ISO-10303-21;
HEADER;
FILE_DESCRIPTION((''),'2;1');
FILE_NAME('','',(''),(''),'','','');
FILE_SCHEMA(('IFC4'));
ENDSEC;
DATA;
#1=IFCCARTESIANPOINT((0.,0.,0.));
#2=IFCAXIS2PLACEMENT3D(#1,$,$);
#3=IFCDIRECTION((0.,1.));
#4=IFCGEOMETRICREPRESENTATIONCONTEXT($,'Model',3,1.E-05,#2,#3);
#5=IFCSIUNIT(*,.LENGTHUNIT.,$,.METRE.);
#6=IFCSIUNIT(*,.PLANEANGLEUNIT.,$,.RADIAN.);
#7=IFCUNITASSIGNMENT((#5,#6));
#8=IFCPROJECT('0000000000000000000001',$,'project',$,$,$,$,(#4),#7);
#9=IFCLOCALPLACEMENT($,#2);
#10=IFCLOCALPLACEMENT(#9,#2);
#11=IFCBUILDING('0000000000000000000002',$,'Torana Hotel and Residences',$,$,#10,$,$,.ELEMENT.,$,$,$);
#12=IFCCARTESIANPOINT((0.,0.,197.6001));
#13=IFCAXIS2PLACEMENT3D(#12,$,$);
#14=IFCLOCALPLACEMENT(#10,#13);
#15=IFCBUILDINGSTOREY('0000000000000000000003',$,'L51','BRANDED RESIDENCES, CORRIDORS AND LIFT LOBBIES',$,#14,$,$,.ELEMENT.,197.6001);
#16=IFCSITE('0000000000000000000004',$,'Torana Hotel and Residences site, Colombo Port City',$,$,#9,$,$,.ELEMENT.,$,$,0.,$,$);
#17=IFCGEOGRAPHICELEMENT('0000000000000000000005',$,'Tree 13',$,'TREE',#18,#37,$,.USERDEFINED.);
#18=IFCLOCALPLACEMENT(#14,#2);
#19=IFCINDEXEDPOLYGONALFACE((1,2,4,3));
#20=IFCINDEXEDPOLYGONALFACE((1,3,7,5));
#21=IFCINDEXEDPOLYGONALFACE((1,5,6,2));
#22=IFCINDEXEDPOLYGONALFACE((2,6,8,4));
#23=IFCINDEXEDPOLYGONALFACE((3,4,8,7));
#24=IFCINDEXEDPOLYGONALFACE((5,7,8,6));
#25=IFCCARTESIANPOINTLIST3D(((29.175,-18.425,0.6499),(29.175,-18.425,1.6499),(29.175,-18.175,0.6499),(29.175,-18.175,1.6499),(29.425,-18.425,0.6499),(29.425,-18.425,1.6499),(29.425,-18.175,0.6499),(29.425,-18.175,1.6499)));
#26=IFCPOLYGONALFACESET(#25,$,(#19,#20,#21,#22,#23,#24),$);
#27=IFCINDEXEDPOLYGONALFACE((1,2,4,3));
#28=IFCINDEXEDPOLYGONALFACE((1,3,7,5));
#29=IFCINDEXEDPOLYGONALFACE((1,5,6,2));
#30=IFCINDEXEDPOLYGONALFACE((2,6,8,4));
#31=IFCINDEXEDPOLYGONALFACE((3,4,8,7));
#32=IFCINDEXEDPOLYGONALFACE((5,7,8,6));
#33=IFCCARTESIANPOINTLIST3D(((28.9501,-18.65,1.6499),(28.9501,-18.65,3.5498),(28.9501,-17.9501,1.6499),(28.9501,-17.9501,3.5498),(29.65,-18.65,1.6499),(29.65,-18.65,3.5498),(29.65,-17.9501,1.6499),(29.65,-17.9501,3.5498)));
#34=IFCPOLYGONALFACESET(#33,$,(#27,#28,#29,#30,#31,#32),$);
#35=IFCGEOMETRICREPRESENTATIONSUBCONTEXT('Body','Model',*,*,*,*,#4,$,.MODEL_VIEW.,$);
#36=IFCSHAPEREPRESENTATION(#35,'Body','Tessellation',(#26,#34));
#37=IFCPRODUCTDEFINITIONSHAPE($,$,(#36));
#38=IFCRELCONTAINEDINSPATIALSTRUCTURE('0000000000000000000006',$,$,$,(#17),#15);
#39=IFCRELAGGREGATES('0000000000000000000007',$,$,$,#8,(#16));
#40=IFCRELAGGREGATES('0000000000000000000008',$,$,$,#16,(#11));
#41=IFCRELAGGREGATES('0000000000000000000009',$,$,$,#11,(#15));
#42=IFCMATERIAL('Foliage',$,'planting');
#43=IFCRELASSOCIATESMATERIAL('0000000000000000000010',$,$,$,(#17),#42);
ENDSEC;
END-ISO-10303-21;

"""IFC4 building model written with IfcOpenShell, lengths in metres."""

from ifc_helpers import new_model, si_unit, direction, frame, origin, origin_2d, place, context, subcontext, project, spatial, rectangle, extrude, material, element, save


model = new_model("IFC4")

# Units and contexts
model_context = context("Model", 3, precision=1e-05, world=origin(), true_north=direction((0.0, 1.0)))
body_context = subcontext(model_context, "Body", "Model", "MODEL_VIEW")
ifc_project = project(units=[si_unit("LENGTHUNIT", "METRE"), si_unit("PLANEANGLEUNIT", "RADIAN")], contexts=[model_context])

# Site, building, storey
site_placement = place(None, origin())
site = spatial("IfcSite", under=ifc_project, at=site_placement, Name="Torana Hotel and Residences site, Colombo Port City", CompositionType="ELEMENT", RefElevation=0.0)
building_placement = place(site_placement, origin())
building = spatial("IfcBuilding", under=site, at=building_placement, Name="Torana Hotel and Residences", CompositionType="ELEMENT")
storey_placement = place(building_placement, frame((0.0, 0.0, 197.6001)))
storey = spatial("IfcBuildingStorey", under=building, at=storey_placement, Name="L51", Description="BRANDED RESIDENCES, CORRIDORS AND LIFT LOBBIES", CompositionType="ELEMENT", Elevation=197.6001)

# Geographic element
ifc_material_1 = material(Name="Foliage", Category="planting")
geographic_element_placement = place(storey_placement, frame((29.3, -18.3, 0.6499), z_axis=(0.0, 0.0, 1.0), x_axis=(1.0, 0.0, 0.0)))
element("IfcGeographicElement", 1, at=geographic_element_placement, inside=storey, material=ifc_material_1, Name="Tree 13", ObjectType="TREE", PredefinedType="USERDEFINED", context=body_context, shape_type="SweptSolid", body=[
    extrude(rectangle(XDim=0.25, YDim=0.25, at=origin_2d()), origin(), (0.0, 0.0, 1.0), 1.0),
    extrude(rectangle(XDim=0.7, YDim=0.7, at=origin_2d()), frame((0.0, 0.0, 1.0)), (0.0, 0.0, 1.0), 1.8999),
])

save(model, "model.ifc")
